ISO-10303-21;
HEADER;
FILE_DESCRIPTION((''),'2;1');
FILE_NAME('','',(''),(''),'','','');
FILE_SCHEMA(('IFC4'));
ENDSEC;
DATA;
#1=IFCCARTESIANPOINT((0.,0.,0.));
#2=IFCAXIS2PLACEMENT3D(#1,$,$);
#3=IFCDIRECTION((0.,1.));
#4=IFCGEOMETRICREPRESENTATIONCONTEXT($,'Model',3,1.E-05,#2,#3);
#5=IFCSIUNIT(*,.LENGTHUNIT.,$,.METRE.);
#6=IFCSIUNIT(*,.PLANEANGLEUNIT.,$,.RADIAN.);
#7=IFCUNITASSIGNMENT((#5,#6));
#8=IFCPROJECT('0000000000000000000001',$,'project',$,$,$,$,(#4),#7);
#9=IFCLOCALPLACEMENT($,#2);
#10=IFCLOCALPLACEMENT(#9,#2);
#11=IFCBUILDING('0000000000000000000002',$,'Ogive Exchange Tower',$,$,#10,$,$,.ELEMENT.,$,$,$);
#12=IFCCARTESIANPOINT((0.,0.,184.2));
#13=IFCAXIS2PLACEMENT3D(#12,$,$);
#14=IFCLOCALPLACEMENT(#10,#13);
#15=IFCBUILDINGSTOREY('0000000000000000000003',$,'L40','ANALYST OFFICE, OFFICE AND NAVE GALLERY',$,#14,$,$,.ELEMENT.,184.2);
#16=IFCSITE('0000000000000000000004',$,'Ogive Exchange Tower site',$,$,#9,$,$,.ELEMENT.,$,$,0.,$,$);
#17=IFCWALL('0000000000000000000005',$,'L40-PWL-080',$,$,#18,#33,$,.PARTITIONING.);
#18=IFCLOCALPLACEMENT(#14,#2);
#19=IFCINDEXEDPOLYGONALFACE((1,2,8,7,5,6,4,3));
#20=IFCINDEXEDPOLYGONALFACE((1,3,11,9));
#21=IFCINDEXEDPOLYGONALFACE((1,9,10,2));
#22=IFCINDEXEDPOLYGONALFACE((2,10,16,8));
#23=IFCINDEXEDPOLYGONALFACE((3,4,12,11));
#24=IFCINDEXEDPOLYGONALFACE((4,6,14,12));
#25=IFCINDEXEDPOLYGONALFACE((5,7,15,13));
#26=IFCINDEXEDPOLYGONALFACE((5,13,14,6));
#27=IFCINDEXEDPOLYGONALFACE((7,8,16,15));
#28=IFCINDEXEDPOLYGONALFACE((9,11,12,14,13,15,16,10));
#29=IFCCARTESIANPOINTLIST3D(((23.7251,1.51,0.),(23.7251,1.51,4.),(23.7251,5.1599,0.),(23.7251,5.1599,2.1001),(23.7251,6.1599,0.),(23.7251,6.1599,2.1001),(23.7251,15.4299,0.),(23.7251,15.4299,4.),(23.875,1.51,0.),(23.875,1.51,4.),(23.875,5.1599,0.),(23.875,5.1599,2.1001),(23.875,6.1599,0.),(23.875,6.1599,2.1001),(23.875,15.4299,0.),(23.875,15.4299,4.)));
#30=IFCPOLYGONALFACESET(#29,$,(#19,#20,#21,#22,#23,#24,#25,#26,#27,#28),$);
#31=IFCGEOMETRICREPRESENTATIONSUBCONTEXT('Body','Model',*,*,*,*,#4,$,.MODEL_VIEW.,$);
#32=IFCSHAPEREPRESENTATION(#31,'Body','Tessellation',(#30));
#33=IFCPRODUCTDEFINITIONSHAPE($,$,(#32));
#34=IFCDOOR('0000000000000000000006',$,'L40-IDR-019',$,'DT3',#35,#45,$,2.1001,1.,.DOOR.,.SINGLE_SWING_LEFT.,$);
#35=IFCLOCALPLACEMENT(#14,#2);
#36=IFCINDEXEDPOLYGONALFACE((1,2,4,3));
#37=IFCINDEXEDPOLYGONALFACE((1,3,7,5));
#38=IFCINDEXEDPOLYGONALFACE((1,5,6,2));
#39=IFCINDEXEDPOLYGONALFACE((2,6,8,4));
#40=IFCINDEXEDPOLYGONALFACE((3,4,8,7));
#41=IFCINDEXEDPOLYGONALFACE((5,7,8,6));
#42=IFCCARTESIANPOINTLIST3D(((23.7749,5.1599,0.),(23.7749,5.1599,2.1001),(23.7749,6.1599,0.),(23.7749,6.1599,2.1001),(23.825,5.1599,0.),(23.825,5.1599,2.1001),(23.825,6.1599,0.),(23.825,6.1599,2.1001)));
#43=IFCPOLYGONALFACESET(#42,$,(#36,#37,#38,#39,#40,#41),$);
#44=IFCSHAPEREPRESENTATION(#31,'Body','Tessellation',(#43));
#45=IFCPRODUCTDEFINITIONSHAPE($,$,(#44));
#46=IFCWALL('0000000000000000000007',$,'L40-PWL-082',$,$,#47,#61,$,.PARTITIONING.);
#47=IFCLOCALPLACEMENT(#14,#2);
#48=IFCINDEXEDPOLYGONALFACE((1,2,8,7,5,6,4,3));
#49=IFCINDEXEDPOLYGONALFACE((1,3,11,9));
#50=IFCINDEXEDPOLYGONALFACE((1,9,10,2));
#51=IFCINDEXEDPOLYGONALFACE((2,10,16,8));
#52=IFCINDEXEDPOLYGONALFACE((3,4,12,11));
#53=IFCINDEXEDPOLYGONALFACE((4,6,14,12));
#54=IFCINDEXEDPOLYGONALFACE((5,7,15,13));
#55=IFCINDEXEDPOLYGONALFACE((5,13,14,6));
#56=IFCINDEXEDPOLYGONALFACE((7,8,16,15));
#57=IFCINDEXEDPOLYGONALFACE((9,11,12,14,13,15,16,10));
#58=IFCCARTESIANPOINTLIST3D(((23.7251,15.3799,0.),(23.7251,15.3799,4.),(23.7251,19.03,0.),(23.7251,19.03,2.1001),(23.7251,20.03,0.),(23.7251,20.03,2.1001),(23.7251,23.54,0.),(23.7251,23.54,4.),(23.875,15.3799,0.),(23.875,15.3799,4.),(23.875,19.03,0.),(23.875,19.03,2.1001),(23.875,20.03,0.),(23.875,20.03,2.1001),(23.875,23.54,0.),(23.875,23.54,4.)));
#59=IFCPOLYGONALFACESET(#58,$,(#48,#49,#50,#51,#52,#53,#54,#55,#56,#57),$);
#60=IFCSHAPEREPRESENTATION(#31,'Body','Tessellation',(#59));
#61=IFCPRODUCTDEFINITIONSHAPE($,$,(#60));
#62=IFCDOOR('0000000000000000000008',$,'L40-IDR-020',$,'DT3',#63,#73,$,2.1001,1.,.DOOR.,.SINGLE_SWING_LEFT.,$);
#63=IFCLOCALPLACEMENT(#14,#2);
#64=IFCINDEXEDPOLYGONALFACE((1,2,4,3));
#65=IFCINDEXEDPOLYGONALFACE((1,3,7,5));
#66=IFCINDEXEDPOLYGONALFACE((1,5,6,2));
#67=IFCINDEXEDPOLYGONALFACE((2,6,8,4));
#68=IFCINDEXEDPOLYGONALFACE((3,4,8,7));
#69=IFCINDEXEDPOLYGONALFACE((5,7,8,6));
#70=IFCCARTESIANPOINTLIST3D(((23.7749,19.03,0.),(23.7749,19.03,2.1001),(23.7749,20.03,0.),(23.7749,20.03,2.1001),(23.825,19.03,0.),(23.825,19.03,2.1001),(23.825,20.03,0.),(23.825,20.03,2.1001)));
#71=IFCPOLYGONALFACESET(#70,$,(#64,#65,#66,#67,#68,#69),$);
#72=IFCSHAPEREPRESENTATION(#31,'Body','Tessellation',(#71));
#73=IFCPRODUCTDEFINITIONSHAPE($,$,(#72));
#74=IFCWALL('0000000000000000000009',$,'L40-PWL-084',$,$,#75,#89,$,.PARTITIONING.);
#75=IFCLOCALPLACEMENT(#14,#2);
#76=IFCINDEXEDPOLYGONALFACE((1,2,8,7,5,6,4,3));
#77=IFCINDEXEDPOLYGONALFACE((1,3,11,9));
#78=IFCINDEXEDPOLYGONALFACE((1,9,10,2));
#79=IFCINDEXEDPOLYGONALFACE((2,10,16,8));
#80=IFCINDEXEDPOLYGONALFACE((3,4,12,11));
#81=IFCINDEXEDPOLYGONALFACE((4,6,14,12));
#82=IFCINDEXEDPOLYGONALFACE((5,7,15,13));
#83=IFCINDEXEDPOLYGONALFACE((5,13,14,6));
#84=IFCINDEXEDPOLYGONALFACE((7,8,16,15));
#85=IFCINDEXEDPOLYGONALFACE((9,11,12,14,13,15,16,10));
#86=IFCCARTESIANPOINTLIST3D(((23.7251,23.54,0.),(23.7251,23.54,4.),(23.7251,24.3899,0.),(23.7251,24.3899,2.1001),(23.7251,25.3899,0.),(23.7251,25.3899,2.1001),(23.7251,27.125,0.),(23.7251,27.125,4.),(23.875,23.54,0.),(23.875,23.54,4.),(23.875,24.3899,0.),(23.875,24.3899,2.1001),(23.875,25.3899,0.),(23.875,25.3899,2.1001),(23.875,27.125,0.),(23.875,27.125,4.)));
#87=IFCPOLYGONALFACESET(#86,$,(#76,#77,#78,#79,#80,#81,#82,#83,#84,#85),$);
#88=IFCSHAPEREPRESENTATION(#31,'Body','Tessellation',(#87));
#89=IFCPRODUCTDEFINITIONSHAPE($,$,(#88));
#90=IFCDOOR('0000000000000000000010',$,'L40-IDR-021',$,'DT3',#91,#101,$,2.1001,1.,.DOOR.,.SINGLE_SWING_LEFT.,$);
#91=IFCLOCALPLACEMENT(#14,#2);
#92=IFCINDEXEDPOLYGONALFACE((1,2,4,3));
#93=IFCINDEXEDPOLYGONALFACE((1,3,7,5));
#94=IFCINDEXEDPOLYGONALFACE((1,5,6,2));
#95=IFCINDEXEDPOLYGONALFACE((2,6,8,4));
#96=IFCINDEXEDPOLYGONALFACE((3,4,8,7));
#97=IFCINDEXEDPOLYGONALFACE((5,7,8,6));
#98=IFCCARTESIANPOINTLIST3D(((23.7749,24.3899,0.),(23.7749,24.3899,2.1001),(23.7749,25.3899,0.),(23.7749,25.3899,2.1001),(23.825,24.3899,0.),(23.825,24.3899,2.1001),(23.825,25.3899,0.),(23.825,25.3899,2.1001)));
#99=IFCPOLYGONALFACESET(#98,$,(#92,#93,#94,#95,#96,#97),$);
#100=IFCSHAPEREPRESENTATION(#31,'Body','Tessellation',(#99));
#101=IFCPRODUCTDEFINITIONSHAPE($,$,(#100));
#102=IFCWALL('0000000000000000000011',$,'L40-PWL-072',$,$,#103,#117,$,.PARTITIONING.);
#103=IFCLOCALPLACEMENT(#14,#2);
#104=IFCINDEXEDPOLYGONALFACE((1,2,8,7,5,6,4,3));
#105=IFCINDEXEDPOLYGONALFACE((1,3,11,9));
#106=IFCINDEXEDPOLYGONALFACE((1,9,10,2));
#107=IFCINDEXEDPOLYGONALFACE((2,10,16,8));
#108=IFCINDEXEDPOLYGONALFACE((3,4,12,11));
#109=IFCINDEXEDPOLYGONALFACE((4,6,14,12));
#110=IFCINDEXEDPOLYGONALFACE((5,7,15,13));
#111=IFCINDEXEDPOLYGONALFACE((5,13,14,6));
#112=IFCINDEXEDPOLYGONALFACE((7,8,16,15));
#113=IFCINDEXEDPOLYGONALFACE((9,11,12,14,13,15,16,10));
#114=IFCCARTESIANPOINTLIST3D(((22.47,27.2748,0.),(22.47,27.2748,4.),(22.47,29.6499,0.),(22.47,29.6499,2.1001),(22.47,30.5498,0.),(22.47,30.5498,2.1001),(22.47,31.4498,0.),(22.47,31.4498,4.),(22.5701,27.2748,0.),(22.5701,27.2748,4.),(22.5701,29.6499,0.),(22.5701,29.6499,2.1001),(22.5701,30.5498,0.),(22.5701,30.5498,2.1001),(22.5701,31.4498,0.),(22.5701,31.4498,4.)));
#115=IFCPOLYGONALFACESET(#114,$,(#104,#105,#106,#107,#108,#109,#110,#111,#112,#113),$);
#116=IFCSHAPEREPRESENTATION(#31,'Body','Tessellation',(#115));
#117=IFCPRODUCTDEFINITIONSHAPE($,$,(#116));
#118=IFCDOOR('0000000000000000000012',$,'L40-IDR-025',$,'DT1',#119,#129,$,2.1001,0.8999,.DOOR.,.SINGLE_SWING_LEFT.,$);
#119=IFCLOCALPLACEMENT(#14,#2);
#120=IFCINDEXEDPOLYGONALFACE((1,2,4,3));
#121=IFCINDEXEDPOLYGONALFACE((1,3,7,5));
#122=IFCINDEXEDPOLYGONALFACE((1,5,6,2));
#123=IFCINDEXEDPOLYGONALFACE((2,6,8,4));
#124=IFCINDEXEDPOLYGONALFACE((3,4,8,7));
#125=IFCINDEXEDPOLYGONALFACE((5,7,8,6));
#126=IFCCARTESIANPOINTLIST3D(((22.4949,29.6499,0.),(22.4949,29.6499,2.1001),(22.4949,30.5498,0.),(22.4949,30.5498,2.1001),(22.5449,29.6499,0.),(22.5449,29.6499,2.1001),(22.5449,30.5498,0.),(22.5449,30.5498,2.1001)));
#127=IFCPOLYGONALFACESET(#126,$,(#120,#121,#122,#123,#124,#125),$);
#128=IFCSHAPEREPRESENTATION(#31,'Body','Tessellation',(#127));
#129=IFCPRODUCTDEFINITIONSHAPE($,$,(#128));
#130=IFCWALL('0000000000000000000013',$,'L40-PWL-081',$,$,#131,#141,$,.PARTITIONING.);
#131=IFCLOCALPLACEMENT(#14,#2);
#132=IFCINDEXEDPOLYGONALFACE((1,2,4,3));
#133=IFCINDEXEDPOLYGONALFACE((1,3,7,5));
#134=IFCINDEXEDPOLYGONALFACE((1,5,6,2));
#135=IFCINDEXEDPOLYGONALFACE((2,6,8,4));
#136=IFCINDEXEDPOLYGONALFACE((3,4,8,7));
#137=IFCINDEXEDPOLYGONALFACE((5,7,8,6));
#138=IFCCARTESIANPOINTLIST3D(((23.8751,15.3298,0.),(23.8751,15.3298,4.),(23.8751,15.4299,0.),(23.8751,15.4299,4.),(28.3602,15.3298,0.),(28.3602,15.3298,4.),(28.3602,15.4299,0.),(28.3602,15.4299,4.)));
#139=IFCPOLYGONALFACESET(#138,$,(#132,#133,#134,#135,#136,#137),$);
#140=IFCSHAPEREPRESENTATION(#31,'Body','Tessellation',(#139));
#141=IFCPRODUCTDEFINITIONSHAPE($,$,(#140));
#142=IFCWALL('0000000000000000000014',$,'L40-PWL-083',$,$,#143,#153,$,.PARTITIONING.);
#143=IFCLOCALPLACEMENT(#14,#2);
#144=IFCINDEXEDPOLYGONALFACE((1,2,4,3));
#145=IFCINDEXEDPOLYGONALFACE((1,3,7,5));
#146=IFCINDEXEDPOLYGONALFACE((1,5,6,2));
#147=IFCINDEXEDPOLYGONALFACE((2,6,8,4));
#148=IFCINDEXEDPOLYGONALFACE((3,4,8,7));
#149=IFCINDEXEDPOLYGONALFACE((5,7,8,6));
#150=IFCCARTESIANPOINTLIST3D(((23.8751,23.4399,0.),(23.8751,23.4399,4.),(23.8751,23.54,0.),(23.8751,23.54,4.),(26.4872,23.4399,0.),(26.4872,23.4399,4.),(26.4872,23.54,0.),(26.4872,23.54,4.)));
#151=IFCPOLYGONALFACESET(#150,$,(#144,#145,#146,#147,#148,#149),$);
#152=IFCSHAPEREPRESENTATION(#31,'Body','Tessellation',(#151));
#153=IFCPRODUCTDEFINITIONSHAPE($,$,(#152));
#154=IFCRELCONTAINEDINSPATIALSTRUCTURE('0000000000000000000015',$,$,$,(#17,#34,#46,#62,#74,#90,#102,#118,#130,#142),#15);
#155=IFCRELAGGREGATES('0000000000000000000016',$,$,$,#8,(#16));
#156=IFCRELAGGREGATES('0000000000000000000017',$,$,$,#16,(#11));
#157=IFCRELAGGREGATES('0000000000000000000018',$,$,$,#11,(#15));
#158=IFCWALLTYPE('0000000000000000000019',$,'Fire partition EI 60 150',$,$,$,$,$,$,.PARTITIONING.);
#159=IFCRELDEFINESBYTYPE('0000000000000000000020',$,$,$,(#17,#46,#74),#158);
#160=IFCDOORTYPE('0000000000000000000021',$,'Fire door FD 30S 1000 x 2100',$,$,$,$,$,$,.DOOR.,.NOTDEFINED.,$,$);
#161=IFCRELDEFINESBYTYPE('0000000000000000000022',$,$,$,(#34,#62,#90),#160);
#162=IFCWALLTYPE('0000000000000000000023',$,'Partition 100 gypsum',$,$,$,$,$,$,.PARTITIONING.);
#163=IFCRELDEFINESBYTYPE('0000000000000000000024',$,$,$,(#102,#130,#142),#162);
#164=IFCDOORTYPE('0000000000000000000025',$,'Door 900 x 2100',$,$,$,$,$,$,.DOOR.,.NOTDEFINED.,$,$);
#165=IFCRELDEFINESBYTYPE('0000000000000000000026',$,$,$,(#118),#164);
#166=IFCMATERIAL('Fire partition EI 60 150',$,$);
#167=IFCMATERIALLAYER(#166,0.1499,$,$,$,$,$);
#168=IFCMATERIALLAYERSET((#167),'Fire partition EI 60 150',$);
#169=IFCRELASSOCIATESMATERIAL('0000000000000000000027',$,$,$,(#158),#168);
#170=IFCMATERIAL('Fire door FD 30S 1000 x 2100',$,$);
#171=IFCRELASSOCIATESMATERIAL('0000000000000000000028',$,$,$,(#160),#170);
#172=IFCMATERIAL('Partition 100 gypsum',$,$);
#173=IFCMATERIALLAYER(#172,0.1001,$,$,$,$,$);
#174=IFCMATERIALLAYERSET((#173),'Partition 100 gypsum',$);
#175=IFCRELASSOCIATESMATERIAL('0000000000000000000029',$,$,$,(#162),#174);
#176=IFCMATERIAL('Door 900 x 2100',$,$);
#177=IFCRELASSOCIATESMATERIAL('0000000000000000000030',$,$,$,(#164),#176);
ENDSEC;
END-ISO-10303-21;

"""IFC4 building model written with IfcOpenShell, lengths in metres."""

from ifc_helpers import new_model, si_unit, direction, frame, frame_2d, origin, place, context, subcontext, project, spatial, rectangle, extrude, material, layer, layer_set, type_object, element, fill, save


model = new_model("IFC4")

# Units and contexts
model_context = context("Model", 3, precision=1e-05, world=origin(), true_north=direction((0.0, 1.0)))
body_context = subcontext(model_context, "Body", "Model", "MODEL_VIEW")
ifc_project = project(units=[si_unit("LENGTHUNIT", "METRE"), si_unit("PLANEANGLEUNIT", "RADIAN")], contexts=[model_context])

# Site, building, storey
site_placement = place(None, origin())
site = spatial("IfcSite", under=ifc_project, at=site_placement, Name="Ogive Exchange Tower site", CompositionType="ELEMENT", RefElevation=0.0)
building_placement = place(site_placement, origin())
building = spatial("IfcBuilding", under=site, at=building_placement, Name="Ogive Exchange Tower", CompositionType="ELEMENT")
storey_placement = place(building_placement, frame((0.0, 0.0, 184.2)))
storey = spatial("IfcBuildingStorey", under=building, at=storey_placement, Name="L40", Description="ANALYST OFFICE, OFFICE AND NAVE GALLERY", CompositionType="ELEMENT", Elevation=184.2)

# Shared definitions
ifc_material_1 = material(Name="Fire partition EI 60 150")
ifc_layer_1 = layer(ifc_material_1, 0.1499)
ifc_layer_set_1 = layer_set([ifc_layer_1], Name="Fire partition EI 60 150")
wall_type_1 = type_object("IfcWallType", Name="Fire partition EI 60 150", PredefinedType="PARTITIONING", material=ifc_layer_set_1)

# Walls, openings, doors
wall_1_placement = place(storey_placement, frame((23.8, 15.4299, 0.0), z_axis=(0.0, 0.0, 1.0), x_axis=(0.0, -1.0, 0.0)))
wall_1 = element("IfcWall", 1, at=wall_1_placement, inside=storey, type_object=wall_type_1, Name="L40-PWL-080", PredefinedType="PARTITIONING", context=body_context, shape_type="SweptSolid", body=[
    extrude(rectangle(XDim=13.9199, YDim=0.1499, at=frame_2d((6.96, 0.0))), origin(), (0.0, 0.0, 1.0), 4.0),
])
opening_1_placement = place(wall_1_placement, frame((9.27, 0.0, 0.0)))
opening_1 = element("IfcOpeningElement", 2, at=opening_1_placement, cuts=wall_1, PredefinedType="OPENING", context=body_context, shape_type="SweptSolid", body=[
    extrude(rectangle(XDim=1.0, YDim=2.1001, at=frame_2d((0.5, 1.05))), frame((0.0, 0.085, 0.0), z_axis=(0.0, -1.0, 0.0), x_axis=(1.0, 0.0, 0.0)), (0.0, 0.0, 1.0), 0.1699),
])
ifc_material_2 = material(Name="Fire door FD 30S 1000 x 2100")
door_type_1 = type_object("IfcDoorType", Name="Fire door FD 30S 1000 x 2100", OperationType="NOTDEFINED", PredefinedType="DOOR", material=ifc_material_2)
door_1_placement = place(opening_1_placement, origin())
door_1 = element("IfcDoor", 3, at=door_1_placement, inside=storey, type_object=door_type_1, Name="L40-IDR-019", ObjectType="DT3", OperationType="SINGLE_SWING_LEFT", OverallHeight=2.1001, OverallWidth=1.0, PredefinedType="DOOR", context=body_context, shape_type="SweptSolid", body=[
    extrude(rectangle(XDim=1.0, YDim=2.1001, at=frame_2d((0.5, 1.05))), frame((0.0, 0.0249, 0.0), z_axis=(0.0, -1.0, 0.0), x_axis=(1.0, 0.0, 0.0)), (0.0, 0.0, 1.0), 0.05),
])
fill(opening_1, door_1)
wall_2_placement = place(storey_placement, frame((23.8, 23.54, 0.0), z_axis=(0.0, 0.0, 1.0), x_axis=(0.0, -1.0, 0.0)))
wall_2 = element("IfcWall", 4, at=wall_2_placement, inside=storey, type_object=wall_type_1, Name="L40-PWL-082", PredefinedType="PARTITIONING", context=body_context, shape_type="SweptSolid", body=[
    extrude(rectangle(XDim=8.1602, YDim=0.1499, at=frame_2d((4.0801, 0.0))), origin(), (0.0, 0.0, 1.0), 4.0),
])
opening_2_placement = place(wall_2_placement, frame((3.51, 0.0, 0.0)))
opening_2 = element("IfcOpeningElement", 5, at=opening_2_placement, cuts=wall_2, PredefinedType="OPENING", context=body_context, shape_type="SweptSolid", body=[
    extrude(rectangle(XDim=1.0, YDim=2.1001, at=frame_2d((0.5, 1.05))), frame((0.0, 0.085, 0.0), z_axis=(0.0, -1.0, 0.0), x_axis=(1.0, 0.0, 0.0)), (0.0, 0.0, 1.0), 0.1699),
])
door_2_placement = place(opening_2_placement, origin())
door_2 = element("IfcDoor", 6, at=door_2_placement, inside=storey, type_object=door_type_1, Name="L40-IDR-020", ObjectType="DT3", OperationType="SINGLE_SWING_LEFT", OverallHeight=2.1001, OverallWidth=1.0, PredefinedType="DOOR", context=body_context, shape_type="SweptSolid", body=[
    extrude(rectangle(XDim=1.0, YDim=2.1001, at=frame_2d((0.5, 1.05))), frame((0.0, 0.0249, 0.0), z_axis=(0.0, -1.0, 0.0), x_axis=(1.0, 0.0, 0.0)), (0.0, 0.0, 1.0), 0.05),
])
fill(opening_2, door_2)
wall_3_placement = place(storey_placement, frame((23.8, 27.125, 0.0), z_axis=(0.0, 0.0, 1.0), x_axis=(0.0, -1.0, 0.0)))
wall_3 = element("IfcWall", 7, at=wall_3_placement, inside=storey, type_object=wall_type_1, Name="L40-PWL-084", PredefinedType="PARTITIONING", context=body_context, shape_type="SweptSolid", body=[
    extrude(rectangle(XDim=3.585, YDim=0.1499, at=frame_2d((1.7925, 0.0))), origin(), (0.0, 0.0, 1.0), 4.0),
])
opening_3_placement = place(wall_3_placement, frame((1.7351, 0.0, 0.0)))
opening_3 = element("IfcOpeningElement", 8, at=opening_3_placement, cuts=wall_3, PredefinedType="OPENING", context=body_context, shape_type="SweptSolid", body=[
    extrude(rectangle(XDim=1.0, YDim=2.1001, at=frame_2d((0.5, 1.05))), frame((0.0, 0.085, 0.0), z_axis=(0.0, -1.0, 0.0), x_axis=(1.0, 0.0, 0.0)), (0.0, 0.0, 1.0), 0.1699),
])
door_3_placement = place(opening_3_placement, origin())
door_3 = element("IfcDoor", 9, at=door_3_placement, inside=storey, type_object=door_type_1, Name="L40-IDR-021", ObjectType="DT3", OperationType="SINGLE_SWING_LEFT", OverallHeight=2.1001, OverallWidth=1.0, PredefinedType="DOOR", context=body_context, shape_type="SweptSolid", body=[
    extrude(rectangle(XDim=1.0, YDim=2.1001, at=frame_2d((0.5, 1.05))), frame((0.0, 0.0249, 0.0), z_axis=(0.0, -1.0, 0.0), x_axis=(1.0, 0.0, 0.0)), (0.0, 0.0, 1.0), 0.05),
])
fill(opening_3, door_3)
ifc_material_3 = material(Name="Partition 100 gypsum")
ifc_layer_2 = layer(ifc_material_3, 0.1001)
ifc_layer_set_2 = layer_set([ifc_layer_2], Name="Partition 100 gypsum")
wall_type_2 = type_object("IfcWallType", Name="Partition 100 gypsum", PredefinedType="PARTITIONING", material=ifc_layer_set_2)
wall_4_placement = place(storey_placement, frame((22.52, 27.2749, 0.0), z_axis=(0.0, 0.0, 1.0), x_axis=(0.0, 1.0, 0.0)))
wall_4 = element("IfcWall", 10, at=wall_4_placement, inside=storey, type_object=wall_type_2, Name="L40-PWL-072", PredefinedType="PARTITIONING", context=body_context, shape_type="SweptSolid", body=[
    extrude(rectangle(XDim=4.175, YDim=0.1001, at=frame_2d((2.0874, 0.0))), origin(), (0.0, 0.0, 1.0), 4.0),
])
opening_4_placement = place(wall_4_placement, frame((2.375, 0.0, 0.0)))
opening_4 = element("IfcOpeningElement", 11, at=opening_4_placement, cuts=wall_4, PredefinedType="OPENING", context=body_context, shape_type="SweptSolid", body=[
    extrude(rectangle(XDim=0.8999, YDim=2.1001, at=frame_2d((0.45, 1.05))), frame((0.0, 0.0601, 0.0), z_axis=(0.0, -1.0, 0.0), x_axis=(1.0, 0.0, 0.0)), (0.0, 0.0, 1.0), 0.1201),
])
ifc_material_4 = material(Name="Door 900 x 2100")
door_type_2 = type_object("IfcDoorType", Name="Door 900 x 2100", OperationType="NOTDEFINED", PredefinedType="DOOR", material=ifc_material_4)
door_4_placement = place(opening_4_placement, frame((0.8999, 0.0, 0.0), z_axis=(0.0, 0.0, 1.0), x_axis=(-1.0, 0.0, 0.0)))
door_4 = element("IfcDoor", 12, at=door_4_placement, inside=storey, type_object=door_type_2, Name="L40-IDR-025", ObjectType="DT1", OperationType="SINGLE_SWING_LEFT", OverallHeight=2.1001, OverallWidth=0.8999, PredefinedType="DOOR", context=body_context, shape_type="SweptSolid", body=[
    extrude(rectangle(XDim=0.8999, YDim=2.1001, at=frame_2d((0.45, 1.05))), frame((0.0, 0.0249, 0.0), z_axis=(0.0, -1.0, 0.0), x_axis=(1.0, 0.0, 0.0)), (0.0, 0.0, 1.0), 0.05),
])
fill(opening_4, door_4)

# Walls
wall_5_placement = place(storey_placement, frame((23.875, 15.3799, 0.0), z_axis=(0.0, 0.0, 1.0), x_axis=(1.0, 0.0, 0.0)))
element("IfcWall", 13, at=wall_5_placement, inside=storey, type_object=wall_type_2, Name="L40-PWL-081", PredefinedType="PARTITIONING", context=body_context, shape_type="SweptSolid", body=[
    extrude(rectangle(XDim=4.4851, YDim=0.1001, at=frame_2d((2.2427, 0.0))), origin(), (0.0, 0.0, 1.0), 4.0),
])
wall_6_placement = place(storey_placement, frame((23.875, 23.49, 0.0), z_axis=(0.0, 0.0, 1.0), x_axis=(1.0, 0.0, 0.0)))
element("IfcWall", 14, at=wall_6_placement, inside=storey, type_object=wall_type_2, Name="L40-PWL-083", PredefinedType="PARTITIONING", context=body_context, shape_type="SweptSolid", body=[
    extrude(rectangle(XDim=2.6121, YDim=0.1001, at=frame_2d((1.3062, 0.0))), origin(), (0.0, 0.0, 1.0), 4.0),
])

save(model, "model.ifc")
